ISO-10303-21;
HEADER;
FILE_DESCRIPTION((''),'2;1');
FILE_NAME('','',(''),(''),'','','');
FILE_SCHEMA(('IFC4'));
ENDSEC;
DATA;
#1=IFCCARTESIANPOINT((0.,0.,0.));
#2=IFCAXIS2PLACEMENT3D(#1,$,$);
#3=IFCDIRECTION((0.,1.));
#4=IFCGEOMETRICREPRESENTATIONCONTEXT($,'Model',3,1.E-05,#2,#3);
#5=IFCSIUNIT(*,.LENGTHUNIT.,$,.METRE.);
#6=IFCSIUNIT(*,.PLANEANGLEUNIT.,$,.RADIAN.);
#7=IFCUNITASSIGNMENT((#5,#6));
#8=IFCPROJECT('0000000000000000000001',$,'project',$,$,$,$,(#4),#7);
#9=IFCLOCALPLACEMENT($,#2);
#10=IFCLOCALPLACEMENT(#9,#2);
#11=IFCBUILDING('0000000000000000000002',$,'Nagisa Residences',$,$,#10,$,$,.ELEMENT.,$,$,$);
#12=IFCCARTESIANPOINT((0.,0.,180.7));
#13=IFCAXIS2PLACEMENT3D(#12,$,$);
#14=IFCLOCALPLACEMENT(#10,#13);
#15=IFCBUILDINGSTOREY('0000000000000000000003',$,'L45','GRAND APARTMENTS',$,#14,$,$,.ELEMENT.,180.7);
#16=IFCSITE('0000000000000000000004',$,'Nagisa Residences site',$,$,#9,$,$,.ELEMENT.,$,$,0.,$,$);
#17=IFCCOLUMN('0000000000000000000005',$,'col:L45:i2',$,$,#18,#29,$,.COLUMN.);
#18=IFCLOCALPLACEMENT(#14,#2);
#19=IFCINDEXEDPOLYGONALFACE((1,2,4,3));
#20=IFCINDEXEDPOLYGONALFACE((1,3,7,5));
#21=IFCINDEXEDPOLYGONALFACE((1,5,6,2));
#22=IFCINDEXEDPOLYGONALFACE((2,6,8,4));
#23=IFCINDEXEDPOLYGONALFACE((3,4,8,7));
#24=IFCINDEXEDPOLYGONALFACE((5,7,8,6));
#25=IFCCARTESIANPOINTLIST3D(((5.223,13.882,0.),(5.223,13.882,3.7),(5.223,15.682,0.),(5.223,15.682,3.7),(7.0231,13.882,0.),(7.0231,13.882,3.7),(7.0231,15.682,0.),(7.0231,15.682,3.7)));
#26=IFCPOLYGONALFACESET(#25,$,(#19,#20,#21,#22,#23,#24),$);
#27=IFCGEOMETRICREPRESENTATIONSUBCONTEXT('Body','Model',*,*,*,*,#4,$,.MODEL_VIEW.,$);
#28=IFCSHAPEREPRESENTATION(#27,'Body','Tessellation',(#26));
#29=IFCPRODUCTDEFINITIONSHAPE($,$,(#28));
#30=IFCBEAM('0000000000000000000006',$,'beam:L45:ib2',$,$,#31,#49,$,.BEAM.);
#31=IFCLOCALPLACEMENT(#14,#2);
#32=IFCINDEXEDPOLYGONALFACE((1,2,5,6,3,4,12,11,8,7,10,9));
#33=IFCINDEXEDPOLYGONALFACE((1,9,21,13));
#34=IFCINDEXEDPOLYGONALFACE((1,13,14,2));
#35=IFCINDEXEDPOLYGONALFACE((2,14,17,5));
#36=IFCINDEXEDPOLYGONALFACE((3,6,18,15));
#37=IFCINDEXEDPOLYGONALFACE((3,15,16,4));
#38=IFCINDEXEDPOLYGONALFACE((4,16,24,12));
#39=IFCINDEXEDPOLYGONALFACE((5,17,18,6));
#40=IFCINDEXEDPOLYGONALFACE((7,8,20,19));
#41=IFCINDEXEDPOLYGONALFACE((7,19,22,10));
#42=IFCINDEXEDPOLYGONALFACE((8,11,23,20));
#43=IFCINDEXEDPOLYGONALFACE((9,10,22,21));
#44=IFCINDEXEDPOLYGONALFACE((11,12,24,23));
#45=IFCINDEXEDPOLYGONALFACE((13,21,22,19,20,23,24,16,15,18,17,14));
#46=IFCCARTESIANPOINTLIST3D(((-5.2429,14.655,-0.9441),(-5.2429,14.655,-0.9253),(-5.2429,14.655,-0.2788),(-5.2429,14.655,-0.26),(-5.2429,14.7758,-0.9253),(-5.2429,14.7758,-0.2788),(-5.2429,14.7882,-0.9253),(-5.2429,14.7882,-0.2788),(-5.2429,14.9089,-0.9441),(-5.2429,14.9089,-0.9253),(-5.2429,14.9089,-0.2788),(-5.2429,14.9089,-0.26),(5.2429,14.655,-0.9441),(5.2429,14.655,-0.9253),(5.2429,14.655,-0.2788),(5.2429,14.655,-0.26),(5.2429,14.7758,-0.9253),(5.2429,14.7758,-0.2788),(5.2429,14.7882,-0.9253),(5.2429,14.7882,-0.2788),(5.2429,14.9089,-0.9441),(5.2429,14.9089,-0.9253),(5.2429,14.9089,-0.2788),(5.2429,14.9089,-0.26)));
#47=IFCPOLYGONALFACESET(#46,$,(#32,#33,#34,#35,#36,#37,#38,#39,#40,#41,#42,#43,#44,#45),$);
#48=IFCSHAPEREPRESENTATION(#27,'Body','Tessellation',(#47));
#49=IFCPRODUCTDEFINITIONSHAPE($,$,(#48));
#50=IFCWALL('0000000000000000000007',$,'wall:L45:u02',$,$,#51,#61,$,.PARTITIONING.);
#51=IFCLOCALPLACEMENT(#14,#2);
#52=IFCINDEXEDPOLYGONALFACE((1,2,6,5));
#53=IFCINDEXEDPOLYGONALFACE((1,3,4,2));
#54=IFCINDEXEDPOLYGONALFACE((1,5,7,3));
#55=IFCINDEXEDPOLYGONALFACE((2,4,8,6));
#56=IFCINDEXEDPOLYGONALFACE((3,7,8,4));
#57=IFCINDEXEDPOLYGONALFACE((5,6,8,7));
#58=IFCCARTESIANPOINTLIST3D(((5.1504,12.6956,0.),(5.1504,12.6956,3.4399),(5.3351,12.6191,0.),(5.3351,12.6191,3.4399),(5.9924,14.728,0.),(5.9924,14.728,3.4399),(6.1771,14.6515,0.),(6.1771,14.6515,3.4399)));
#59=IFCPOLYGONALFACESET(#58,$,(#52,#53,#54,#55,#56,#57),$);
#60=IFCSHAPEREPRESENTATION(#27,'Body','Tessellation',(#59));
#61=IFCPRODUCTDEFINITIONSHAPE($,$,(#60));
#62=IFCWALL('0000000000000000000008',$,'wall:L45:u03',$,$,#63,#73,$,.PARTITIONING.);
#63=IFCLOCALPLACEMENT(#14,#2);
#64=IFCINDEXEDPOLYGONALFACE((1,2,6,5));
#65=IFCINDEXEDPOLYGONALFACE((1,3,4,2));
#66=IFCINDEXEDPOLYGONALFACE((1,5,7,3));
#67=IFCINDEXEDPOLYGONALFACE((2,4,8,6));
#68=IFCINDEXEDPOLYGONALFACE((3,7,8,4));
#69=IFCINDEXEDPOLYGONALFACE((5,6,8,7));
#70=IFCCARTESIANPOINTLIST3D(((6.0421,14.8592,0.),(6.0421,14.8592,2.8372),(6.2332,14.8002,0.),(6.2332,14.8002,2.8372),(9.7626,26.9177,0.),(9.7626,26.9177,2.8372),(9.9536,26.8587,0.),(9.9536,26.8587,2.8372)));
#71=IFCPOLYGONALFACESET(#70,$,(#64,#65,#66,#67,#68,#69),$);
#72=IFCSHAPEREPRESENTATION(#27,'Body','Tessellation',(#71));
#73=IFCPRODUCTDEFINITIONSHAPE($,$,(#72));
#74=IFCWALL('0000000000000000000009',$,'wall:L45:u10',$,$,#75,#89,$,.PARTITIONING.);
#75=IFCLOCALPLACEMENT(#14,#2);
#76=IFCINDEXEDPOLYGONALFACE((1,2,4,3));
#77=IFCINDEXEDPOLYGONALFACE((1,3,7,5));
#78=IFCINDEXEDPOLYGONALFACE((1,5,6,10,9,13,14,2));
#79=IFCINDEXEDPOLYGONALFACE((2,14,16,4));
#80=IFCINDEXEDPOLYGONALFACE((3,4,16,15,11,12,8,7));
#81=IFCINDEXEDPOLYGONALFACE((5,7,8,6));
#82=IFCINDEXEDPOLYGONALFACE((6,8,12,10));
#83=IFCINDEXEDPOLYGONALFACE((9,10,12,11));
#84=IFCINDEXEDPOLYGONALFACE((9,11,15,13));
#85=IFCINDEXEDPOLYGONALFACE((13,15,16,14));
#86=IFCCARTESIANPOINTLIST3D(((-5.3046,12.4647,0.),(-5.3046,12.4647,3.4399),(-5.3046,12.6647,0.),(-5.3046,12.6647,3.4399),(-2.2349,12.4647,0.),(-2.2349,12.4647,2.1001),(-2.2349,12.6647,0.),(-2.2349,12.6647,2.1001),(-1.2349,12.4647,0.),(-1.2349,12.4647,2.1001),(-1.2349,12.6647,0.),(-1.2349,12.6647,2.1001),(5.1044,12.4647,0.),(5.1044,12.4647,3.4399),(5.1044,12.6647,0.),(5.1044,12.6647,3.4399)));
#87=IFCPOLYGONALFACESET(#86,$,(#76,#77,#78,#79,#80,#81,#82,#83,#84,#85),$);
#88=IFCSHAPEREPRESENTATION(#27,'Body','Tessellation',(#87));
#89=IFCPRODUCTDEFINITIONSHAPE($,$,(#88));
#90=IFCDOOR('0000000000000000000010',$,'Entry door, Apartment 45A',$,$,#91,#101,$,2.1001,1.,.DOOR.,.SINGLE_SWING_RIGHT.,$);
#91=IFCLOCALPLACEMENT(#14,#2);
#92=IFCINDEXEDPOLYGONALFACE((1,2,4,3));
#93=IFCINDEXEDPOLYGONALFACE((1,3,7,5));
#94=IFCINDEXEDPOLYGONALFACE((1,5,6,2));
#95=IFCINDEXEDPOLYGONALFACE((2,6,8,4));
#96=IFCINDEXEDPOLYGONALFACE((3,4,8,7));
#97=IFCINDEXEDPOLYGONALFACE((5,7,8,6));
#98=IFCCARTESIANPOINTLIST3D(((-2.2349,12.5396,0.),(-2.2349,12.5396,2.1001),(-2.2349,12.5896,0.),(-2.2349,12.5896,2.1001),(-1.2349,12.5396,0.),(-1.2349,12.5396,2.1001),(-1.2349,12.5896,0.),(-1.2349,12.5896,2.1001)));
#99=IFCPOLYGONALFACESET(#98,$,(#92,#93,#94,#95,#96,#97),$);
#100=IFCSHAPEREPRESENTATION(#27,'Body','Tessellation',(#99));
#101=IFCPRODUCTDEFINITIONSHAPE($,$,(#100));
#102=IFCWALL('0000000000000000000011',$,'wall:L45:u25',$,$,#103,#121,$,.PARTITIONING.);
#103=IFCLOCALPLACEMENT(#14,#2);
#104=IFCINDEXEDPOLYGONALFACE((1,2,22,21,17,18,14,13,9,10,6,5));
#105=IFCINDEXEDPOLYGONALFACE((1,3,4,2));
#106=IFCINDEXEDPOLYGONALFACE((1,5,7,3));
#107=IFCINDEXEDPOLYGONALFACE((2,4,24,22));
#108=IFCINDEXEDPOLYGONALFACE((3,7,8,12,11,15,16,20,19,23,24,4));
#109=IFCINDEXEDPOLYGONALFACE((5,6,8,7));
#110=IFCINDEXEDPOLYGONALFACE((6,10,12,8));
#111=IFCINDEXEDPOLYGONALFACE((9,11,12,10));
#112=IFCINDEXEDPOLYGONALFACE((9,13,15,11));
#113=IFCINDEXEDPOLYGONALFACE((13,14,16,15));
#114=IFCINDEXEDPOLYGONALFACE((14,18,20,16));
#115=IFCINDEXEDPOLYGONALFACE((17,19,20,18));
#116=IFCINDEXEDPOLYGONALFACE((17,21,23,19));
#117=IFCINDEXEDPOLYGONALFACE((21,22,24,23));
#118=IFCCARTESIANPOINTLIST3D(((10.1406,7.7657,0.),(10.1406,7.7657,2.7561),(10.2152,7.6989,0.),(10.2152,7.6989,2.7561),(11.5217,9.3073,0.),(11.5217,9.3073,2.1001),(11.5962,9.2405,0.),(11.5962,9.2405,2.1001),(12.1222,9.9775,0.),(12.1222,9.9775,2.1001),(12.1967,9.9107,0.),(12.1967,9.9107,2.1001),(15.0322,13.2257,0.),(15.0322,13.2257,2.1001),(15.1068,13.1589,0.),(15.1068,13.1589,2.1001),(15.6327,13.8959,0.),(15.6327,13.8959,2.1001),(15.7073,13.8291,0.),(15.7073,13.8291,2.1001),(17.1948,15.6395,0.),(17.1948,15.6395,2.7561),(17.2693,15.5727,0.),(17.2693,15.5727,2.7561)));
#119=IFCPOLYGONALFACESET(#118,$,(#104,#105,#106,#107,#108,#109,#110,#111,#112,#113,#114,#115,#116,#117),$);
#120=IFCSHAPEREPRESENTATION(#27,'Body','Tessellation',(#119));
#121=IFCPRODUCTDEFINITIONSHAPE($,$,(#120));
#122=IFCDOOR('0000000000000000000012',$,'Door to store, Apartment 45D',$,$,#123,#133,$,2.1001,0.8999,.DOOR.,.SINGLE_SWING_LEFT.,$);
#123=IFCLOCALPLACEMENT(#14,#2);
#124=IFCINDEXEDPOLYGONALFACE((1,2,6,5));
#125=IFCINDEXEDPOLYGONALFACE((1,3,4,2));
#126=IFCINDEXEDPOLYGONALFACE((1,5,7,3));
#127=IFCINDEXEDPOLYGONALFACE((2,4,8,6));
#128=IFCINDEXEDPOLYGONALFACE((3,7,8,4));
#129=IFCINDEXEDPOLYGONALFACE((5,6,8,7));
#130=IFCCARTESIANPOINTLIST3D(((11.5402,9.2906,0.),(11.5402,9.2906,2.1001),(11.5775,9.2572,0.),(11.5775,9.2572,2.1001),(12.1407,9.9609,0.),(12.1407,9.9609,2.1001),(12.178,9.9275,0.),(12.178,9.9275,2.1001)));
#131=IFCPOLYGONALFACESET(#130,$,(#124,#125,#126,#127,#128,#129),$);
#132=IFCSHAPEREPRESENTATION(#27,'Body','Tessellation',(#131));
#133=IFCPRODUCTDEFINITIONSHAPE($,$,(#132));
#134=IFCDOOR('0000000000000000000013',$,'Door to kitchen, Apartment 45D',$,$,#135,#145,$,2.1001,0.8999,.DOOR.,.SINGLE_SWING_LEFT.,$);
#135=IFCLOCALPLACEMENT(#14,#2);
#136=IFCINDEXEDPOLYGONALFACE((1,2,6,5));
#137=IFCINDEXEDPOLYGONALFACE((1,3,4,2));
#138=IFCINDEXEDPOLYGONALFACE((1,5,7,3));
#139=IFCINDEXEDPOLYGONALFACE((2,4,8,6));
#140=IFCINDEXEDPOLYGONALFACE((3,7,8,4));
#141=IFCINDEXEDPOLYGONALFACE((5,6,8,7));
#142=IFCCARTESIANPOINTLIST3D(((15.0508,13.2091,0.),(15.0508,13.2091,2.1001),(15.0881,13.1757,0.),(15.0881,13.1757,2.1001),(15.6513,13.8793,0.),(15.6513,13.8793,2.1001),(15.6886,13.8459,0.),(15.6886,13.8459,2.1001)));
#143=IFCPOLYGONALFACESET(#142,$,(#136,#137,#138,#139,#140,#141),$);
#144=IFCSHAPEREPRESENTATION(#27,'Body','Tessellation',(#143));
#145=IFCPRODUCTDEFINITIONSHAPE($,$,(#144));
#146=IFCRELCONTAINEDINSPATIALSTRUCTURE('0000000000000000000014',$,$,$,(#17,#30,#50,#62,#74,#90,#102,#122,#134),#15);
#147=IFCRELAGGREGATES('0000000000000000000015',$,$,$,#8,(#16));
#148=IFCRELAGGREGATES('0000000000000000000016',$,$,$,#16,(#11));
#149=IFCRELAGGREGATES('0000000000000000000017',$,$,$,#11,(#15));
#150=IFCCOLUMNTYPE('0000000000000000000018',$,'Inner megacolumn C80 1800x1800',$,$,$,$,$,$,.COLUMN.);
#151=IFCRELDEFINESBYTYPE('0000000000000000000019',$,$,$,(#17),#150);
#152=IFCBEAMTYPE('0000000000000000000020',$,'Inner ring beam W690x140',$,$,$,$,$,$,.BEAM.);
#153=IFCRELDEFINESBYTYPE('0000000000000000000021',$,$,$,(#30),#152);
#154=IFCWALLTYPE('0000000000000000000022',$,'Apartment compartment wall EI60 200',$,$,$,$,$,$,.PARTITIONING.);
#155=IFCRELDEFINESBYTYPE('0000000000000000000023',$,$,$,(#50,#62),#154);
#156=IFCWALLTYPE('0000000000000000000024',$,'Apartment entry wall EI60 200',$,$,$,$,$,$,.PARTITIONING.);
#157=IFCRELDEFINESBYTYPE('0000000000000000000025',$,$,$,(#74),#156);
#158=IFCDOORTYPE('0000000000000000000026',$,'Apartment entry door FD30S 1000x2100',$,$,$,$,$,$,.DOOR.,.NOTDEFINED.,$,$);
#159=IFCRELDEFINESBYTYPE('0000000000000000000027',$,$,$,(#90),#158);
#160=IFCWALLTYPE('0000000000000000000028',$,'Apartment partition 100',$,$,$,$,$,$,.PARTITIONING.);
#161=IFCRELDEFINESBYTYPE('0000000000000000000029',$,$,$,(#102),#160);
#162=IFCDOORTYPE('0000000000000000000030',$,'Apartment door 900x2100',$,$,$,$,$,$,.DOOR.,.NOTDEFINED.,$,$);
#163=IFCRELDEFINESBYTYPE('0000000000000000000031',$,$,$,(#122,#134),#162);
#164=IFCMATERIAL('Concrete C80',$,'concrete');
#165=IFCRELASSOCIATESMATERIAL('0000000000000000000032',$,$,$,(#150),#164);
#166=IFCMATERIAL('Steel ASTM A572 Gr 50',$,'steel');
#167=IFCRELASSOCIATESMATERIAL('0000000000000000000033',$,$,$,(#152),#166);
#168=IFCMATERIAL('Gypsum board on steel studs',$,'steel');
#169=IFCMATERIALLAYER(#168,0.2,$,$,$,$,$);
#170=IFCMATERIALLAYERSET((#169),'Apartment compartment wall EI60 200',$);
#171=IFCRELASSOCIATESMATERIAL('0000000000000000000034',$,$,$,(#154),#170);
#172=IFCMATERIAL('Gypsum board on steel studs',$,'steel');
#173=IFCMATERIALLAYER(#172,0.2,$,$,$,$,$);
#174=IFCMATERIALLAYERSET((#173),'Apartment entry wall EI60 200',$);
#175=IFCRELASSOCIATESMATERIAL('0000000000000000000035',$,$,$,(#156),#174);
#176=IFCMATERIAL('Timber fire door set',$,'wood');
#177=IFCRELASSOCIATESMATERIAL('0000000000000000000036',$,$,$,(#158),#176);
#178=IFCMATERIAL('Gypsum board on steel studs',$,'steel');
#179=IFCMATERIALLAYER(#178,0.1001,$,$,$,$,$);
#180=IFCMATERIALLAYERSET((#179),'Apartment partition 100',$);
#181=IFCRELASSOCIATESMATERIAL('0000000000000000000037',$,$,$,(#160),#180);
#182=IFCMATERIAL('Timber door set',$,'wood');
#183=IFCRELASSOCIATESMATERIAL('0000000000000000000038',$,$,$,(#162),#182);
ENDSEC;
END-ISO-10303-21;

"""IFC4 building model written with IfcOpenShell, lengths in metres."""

from ifc_helpers import new_model, si_unit, direction, frame, frame_2d, origin, origin_2d, place, context, subcontext, project, spatial, rectangle, i_section, extrude, material, layer, layer_set, material_profile, profile_set, type_object, element, fill, save


model = new_model("IFC4")

# Units and contexts
model_context = context("Model", 3, precision=1e-05, world=origin(), true_north=direction((0.0, 1.0)))
body_context = subcontext(model_context, "Body", "Model", "MODEL_VIEW")
ifc_project = project(units=[si_unit("LENGTHUNIT", "METRE"), si_unit("PLANEANGLEUNIT", "RADIAN")], contexts=[model_context])

# Site, building, storey
site_placement = place(None, origin())
site = spatial("IfcSite", under=ifc_project, at=site_placement, Name="Nagisa Residences site", CompositionType="ELEMENT", RefElevation=0.0)
building_placement = place(site_placement, origin())
building = spatial("IfcBuilding", under=site, at=building_placement, Name="Nagisa Residences", CompositionType="ELEMENT")
storey_placement = place(building_placement, frame((0.0, 0.0, 180.7)))
storey = spatial("IfcBuildingStorey", under=building, at=storey_placement, Name="L45", Description="GRAND APARTMENTS", CompositionType="ELEMENT", Elevation=180.7)

# Column
ifc_material_1 = material(Name="Concrete C80", Category="concrete")
ifc_material_profile_1 = material_profile(ifc_material_1, rectangle(XDim=1.8, YDim=1.8, at=origin_2d()), Name="C80 1800x1800")
ifc_profile_set_1 = profile_set([ifc_material_profile_1], Name="Concrete C80")
column_type = type_object("IfcColumnType", Name="Inner megacolumn C80 1800x1800", PredefinedType="COLUMN", material=ifc_profile_set_1)
column_placement = place(storey_placement, frame((6.123, 14.782, 0.0), z_axis=(0.0, 0.0, 1.0), x_axis=(1.0, 0.0, 0.0)))
element("IfcColumn", 1, at=column_placement, inside=storey, type_object=column_type, Name="col:L45:i2", PredefinedType="COLUMN", context=body_context, shape_type="SweptSolid", body=[
    extrude(rectangle(XDim=1.8, YDim=1.8, at=origin_2d()), origin(), (0.0, 0.0, 1.0), 3.7),
])

# Beam
ifc_material_2 = material(Name="Steel ASTM A572 Gr 50", Category="steel")
ifc_material_profile_2 = material_profile(ifc_material_2, i_section(OverallWidth=0.2539, OverallDepth=0.6841, WebThickness=0.0125, FlangeThickness=0.0188, at=origin_2d()), Name="W690x140")
ifc_profile_set_2 = profile_set([ifc_material_profile_2], Name="Steel ASTM A572 Gr 50")
beam_type = type_object("IfcBeamType", Name="Inner ring beam W690x140", PredefinedType="BEAM", material=ifc_profile_set_2)
beam_placement = place(storey_placement, frame((5.2429, 14.782, -0.6021), z_axis=(-1.0, 0.0, 0.0), x_axis=(0.0, -1.0, 0.0)))
element("IfcBeam", 2, at=beam_placement, inside=storey, type_object=beam_type, Name="beam:L45:ib2", PredefinedType="BEAM", context=body_context, shape_type="SweptSolid", body=[
    extrude(i_section(OverallWidth=0.2539, OverallDepth=0.6841, WebThickness=0.0125, FlangeThickness=0.0188, at=origin_2d()), origin(), (0.0, 0.0, 1.0), 10.4858),
])

# Walls
ifc_material_3 = material(Name="Gypsum board on steel studs", Category="steel")
ifc_layer_1 = layer(ifc_material_3, 0.2)
ifc_layer_set_1 = layer_set([ifc_layer_1], Name="Apartment compartment wall EI60 200")
wall_type_1 = type_object("IfcWallType", Name="Apartment compartment wall EI60 200", PredefinedType="PARTITIONING", material=ifc_layer_set_1)
wall_1_placement = place(storey_placement, frame((5.2427, 12.6572, 0.0), z_axis=(0.0, 0.0, 1.0), x_axis=(0.382747, 0.923853, 0.0)))
element("IfcWall", 3, at=wall_1_placement, inside=storey, type_object=wall_type_1, Name="wall:L45:u02", PredefinedType="PARTITIONING", context=body_context, shape_type="SweptSolid", body=[
    extrude(rectangle(XDim=2.2, YDim=0.2, at=frame_2d((1.1001, 0.0))), origin(), (0.0, 0.0, 1.0), 3.4399),
])
wall_2_placement = place(storey_placement, frame((6.1377, 14.8298, 0.0), z_axis=(0.0, 0.0, 1.0), x_axis=(0.294819, 0.955553, 0.0)))
element("IfcWall", 4, at=wall_2_placement, inside=storey, type_object=wall_type_1, Name="wall:L45:u03", PredefinedType="PARTITIONING", context=body_context, shape_type="SweptSolid", body=[
    extrude(rectangle(XDim=12.6194, YDim=0.2, at=frame_2d((6.3096, 0.0))), origin(), (0.0, 0.0, 1.0), 2.8372),
])

# Wall, opening, door
ifc_material_4 = material(Name="Gypsum board on steel studs", Category="steel")
ifc_layer_2 = layer(ifc_material_4, 0.2)
ifc_layer_set_2 = layer_set([ifc_layer_2], Name="Apartment entry wall EI60 200")
wall_type_2 = type_object("IfcWallType", Name="Apartment entry wall EI60 200", PredefinedType="PARTITIONING", material=ifc_layer_set_2)
wall_3_placement = place(storey_placement, frame((5.1045, 12.5647, 0.0), z_axis=(0.0, 0.0, 1.0), x_axis=(-1.0, 0.0, 0.0)))
wall_3 = element("IfcWall", 5, at=wall_3_placement, inside=storey, type_object=wall_type_2, Name="wall:L45:u10", PredefinedType="PARTITIONING", context=body_context, shape_type="SweptSolid", body=[
    extrude(rectangle(XDim=10.4089, YDim=0.2, at=frame_2d((5.2046, 0.0))), origin(), (0.0, 0.0, 1.0), 3.4399),
])
opening_1_placement = place(wall_3_placement, frame((6.3394, 0.0, 0.0)))
opening_1 = element("IfcOpeningElement", 6, at=opening_1_placement, cuts=wall_3, PredefinedType="OPENING", context=body_context, shape_type="SweptSolid", body=[
    extrude(rectangle(XDim=1.0, YDim=2.1001, at=frame_2d((0.5, 1.05))), frame((0.0, 0.1099, 0.0), z_axis=(0.0, -1.0, 0.0), x_axis=(1.0, 0.0, 0.0)), (0.0, 0.0, 1.0), 0.22),
])
ifc_material_5 = material(Name="Timber fire door set", Category="wood")
door_type_1 = type_object("IfcDoorType", Name="Apartment entry door FD30S 1000x2100", OperationType="NOTDEFINED", PredefinedType="DOOR", material=ifc_material_5)
door_1_placement = place(opening_1_placement, frame((1.0, 0.0, 0.0), x_axis=(-1.0, 0.0, 0.0)))
door_1 = element("IfcDoor", 7, at=door_1_placement, inside=storey, type_object=door_type_1, Name="Entry door, Apartment 45A", OperationType="SINGLE_SWING_RIGHT", OverallHeight=2.1001, OverallWidth=1.0, PredefinedType="DOOR", context=body_context, shape_type="SweptSolid", body=[
    extrude(rectangle(XDim=1.0, YDim=2.1001, at=frame_2d((0.5, 1.05))), frame((0.0, 0.0249, 0.0), z_axis=(0.0, -1.0, 0.0), x_axis=(1.0, 0.0, 0.0)), (0.0, 0.0, 1.0), 0.05),
])
fill(opening_1, door_1)

# Wall, openings, doors
ifc_material_6 = material(Name="Gypsum board on steel studs", Category="steel")
ifc_layer_3 = layer(ifc_material_6, 0.1001)
ifc_layer_set_3 = layer_set([ifc_layer_3], Name="Apartment partition 100")
wall_type_3 = type_object("IfcWallType", Name="Apartment partition 100", PredefinedType="PARTITIONING", material=ifc_layer_set_3)
wall_4_placement = place(storey_placement, frame((10.178, 7.7324, 0.0), z_axis=(0.0, 0.0, 1.0), x_axis=(0.66728, 0.744807, 0.0)))
wall_4 = element("IfcWall", 8, at=wall_4_placement, inside=storey, type_object=wall_type_3, Name="wall:L45:u25", PredefinedType="PARTITIONING", context=body_context, shape_type="SweptSolid", body=[
    extrude(rectangle(XDim=10.5715, YDim=0.1001, at=frame_2d((5.2856, 0.0))), origin(), (0.0, 0.0, 1.0), 2.7561),
])
opening_2_placement = place(wall_4_placement, frame((2.0696, 0.0, 0.0)))
opening_2 = element("IfcOpeningElement", 9, at=opening_2_placement, cuts=wall_4, PredefinedType="OPENING", context=body_context, shape_type="SweptSolid", body=[
    extrude(rectangle(XDim=0.8999, YDim=2.1001, at=frame_2d((0.45, 1.05))), frame((0.0, 0.0601, 0.0), z_axis=(0.0, -1.0, 0.0), x_axis=(1.0, 0.0, 0.0)), (0.0, 0.0, 1.0), 0.1201),
])
opening_3_placement = place(wall_4_placement, frame((7.3306, 0.0, 0.0)))
opening_3 = element("IfcOpeningElement", 10, at=opening_3_placement, cuts=wall_4, PredefinedType="OPENING", context=body_context, shape_type="SweptSolid", body=[
    extrude(rectangle(XDim=0.8999, YDim=2.1001, at=frame_2d((0.45, 1.05))), frame((0.0, 0.0601, 0.0), z_axis=(0.0, -1.0, 0.0), x_axis=(1.0, 0.0, 0.0)), (0.0, 0.0, 1.0), 0.1201),
])
ifc_material_7 = material(Name="Timber door set", Category="wood")
door_type_2 = type_object("IfcDoorType", Name="Apartment door 900x2100", OperationType="NOTDEFINED", PredefinedType="DOOR", material=ifc_material_7)
door_2_placement = place(opening_2_placement, frame((0.8999, 0.0, 0.0), x_axis=(-1.0, 0.0, 0.0)))
door_2 = element("IfcDoor", 11, at=door_2_placement, inside=storey, type_object=door_type_2, Name="Door to store, Apartment 45D", OperationType="SINGLE_SWING_LEFT", OverallHeight=2.1001, OverallWidth=0.8999, PredefinedType="DOOR", context=body_context, shape_type="SweptSolid", body=[
    extrude(rectangle(XDim=0.8999, YDim=2.1001, at=frame_2d((0.45, 1.05))), frame((0.0, 0.0249, 0.0), z_axis=(0.0, -1.0, 0.0), x_axis=(1.0, 0.0, 0.0)), (0.0, 0.0, 1.0), 0.05),
])
fill(opening_2, door_2)
door_3_placement = place(opening_3_placement, frame((0.8999, 0.0, 0.0), x_axis=(-1.0, 0.0, 0.0)))
door_3 = element("IfcDoor", 12, at=door_3_placement, inside=storey, type_object=door_type_2, Name="Door to kitchen, Apartment 45D", OperationType="SINGLE_SWING_LEFT", OverallHeight=2.1001, OverallWidth=0.8999, PredefinedType="DOOR", context=body_context, shape_type="SweptSolid", body=[
    extrude(rectangle(XDim=0.8999, YDim=2.1001, at=frame_2d((0.45, 1.05))), frame((0.0, 0.0249, 0.0), z_axis=(0.0, -1.0, 0.0), x_axis=(1.0, 0.0, 0.0)), (0.0, 0.0, 1.0), 0.05),
])
fill(opening_3, door_3)

save(model, "model.ifc")
